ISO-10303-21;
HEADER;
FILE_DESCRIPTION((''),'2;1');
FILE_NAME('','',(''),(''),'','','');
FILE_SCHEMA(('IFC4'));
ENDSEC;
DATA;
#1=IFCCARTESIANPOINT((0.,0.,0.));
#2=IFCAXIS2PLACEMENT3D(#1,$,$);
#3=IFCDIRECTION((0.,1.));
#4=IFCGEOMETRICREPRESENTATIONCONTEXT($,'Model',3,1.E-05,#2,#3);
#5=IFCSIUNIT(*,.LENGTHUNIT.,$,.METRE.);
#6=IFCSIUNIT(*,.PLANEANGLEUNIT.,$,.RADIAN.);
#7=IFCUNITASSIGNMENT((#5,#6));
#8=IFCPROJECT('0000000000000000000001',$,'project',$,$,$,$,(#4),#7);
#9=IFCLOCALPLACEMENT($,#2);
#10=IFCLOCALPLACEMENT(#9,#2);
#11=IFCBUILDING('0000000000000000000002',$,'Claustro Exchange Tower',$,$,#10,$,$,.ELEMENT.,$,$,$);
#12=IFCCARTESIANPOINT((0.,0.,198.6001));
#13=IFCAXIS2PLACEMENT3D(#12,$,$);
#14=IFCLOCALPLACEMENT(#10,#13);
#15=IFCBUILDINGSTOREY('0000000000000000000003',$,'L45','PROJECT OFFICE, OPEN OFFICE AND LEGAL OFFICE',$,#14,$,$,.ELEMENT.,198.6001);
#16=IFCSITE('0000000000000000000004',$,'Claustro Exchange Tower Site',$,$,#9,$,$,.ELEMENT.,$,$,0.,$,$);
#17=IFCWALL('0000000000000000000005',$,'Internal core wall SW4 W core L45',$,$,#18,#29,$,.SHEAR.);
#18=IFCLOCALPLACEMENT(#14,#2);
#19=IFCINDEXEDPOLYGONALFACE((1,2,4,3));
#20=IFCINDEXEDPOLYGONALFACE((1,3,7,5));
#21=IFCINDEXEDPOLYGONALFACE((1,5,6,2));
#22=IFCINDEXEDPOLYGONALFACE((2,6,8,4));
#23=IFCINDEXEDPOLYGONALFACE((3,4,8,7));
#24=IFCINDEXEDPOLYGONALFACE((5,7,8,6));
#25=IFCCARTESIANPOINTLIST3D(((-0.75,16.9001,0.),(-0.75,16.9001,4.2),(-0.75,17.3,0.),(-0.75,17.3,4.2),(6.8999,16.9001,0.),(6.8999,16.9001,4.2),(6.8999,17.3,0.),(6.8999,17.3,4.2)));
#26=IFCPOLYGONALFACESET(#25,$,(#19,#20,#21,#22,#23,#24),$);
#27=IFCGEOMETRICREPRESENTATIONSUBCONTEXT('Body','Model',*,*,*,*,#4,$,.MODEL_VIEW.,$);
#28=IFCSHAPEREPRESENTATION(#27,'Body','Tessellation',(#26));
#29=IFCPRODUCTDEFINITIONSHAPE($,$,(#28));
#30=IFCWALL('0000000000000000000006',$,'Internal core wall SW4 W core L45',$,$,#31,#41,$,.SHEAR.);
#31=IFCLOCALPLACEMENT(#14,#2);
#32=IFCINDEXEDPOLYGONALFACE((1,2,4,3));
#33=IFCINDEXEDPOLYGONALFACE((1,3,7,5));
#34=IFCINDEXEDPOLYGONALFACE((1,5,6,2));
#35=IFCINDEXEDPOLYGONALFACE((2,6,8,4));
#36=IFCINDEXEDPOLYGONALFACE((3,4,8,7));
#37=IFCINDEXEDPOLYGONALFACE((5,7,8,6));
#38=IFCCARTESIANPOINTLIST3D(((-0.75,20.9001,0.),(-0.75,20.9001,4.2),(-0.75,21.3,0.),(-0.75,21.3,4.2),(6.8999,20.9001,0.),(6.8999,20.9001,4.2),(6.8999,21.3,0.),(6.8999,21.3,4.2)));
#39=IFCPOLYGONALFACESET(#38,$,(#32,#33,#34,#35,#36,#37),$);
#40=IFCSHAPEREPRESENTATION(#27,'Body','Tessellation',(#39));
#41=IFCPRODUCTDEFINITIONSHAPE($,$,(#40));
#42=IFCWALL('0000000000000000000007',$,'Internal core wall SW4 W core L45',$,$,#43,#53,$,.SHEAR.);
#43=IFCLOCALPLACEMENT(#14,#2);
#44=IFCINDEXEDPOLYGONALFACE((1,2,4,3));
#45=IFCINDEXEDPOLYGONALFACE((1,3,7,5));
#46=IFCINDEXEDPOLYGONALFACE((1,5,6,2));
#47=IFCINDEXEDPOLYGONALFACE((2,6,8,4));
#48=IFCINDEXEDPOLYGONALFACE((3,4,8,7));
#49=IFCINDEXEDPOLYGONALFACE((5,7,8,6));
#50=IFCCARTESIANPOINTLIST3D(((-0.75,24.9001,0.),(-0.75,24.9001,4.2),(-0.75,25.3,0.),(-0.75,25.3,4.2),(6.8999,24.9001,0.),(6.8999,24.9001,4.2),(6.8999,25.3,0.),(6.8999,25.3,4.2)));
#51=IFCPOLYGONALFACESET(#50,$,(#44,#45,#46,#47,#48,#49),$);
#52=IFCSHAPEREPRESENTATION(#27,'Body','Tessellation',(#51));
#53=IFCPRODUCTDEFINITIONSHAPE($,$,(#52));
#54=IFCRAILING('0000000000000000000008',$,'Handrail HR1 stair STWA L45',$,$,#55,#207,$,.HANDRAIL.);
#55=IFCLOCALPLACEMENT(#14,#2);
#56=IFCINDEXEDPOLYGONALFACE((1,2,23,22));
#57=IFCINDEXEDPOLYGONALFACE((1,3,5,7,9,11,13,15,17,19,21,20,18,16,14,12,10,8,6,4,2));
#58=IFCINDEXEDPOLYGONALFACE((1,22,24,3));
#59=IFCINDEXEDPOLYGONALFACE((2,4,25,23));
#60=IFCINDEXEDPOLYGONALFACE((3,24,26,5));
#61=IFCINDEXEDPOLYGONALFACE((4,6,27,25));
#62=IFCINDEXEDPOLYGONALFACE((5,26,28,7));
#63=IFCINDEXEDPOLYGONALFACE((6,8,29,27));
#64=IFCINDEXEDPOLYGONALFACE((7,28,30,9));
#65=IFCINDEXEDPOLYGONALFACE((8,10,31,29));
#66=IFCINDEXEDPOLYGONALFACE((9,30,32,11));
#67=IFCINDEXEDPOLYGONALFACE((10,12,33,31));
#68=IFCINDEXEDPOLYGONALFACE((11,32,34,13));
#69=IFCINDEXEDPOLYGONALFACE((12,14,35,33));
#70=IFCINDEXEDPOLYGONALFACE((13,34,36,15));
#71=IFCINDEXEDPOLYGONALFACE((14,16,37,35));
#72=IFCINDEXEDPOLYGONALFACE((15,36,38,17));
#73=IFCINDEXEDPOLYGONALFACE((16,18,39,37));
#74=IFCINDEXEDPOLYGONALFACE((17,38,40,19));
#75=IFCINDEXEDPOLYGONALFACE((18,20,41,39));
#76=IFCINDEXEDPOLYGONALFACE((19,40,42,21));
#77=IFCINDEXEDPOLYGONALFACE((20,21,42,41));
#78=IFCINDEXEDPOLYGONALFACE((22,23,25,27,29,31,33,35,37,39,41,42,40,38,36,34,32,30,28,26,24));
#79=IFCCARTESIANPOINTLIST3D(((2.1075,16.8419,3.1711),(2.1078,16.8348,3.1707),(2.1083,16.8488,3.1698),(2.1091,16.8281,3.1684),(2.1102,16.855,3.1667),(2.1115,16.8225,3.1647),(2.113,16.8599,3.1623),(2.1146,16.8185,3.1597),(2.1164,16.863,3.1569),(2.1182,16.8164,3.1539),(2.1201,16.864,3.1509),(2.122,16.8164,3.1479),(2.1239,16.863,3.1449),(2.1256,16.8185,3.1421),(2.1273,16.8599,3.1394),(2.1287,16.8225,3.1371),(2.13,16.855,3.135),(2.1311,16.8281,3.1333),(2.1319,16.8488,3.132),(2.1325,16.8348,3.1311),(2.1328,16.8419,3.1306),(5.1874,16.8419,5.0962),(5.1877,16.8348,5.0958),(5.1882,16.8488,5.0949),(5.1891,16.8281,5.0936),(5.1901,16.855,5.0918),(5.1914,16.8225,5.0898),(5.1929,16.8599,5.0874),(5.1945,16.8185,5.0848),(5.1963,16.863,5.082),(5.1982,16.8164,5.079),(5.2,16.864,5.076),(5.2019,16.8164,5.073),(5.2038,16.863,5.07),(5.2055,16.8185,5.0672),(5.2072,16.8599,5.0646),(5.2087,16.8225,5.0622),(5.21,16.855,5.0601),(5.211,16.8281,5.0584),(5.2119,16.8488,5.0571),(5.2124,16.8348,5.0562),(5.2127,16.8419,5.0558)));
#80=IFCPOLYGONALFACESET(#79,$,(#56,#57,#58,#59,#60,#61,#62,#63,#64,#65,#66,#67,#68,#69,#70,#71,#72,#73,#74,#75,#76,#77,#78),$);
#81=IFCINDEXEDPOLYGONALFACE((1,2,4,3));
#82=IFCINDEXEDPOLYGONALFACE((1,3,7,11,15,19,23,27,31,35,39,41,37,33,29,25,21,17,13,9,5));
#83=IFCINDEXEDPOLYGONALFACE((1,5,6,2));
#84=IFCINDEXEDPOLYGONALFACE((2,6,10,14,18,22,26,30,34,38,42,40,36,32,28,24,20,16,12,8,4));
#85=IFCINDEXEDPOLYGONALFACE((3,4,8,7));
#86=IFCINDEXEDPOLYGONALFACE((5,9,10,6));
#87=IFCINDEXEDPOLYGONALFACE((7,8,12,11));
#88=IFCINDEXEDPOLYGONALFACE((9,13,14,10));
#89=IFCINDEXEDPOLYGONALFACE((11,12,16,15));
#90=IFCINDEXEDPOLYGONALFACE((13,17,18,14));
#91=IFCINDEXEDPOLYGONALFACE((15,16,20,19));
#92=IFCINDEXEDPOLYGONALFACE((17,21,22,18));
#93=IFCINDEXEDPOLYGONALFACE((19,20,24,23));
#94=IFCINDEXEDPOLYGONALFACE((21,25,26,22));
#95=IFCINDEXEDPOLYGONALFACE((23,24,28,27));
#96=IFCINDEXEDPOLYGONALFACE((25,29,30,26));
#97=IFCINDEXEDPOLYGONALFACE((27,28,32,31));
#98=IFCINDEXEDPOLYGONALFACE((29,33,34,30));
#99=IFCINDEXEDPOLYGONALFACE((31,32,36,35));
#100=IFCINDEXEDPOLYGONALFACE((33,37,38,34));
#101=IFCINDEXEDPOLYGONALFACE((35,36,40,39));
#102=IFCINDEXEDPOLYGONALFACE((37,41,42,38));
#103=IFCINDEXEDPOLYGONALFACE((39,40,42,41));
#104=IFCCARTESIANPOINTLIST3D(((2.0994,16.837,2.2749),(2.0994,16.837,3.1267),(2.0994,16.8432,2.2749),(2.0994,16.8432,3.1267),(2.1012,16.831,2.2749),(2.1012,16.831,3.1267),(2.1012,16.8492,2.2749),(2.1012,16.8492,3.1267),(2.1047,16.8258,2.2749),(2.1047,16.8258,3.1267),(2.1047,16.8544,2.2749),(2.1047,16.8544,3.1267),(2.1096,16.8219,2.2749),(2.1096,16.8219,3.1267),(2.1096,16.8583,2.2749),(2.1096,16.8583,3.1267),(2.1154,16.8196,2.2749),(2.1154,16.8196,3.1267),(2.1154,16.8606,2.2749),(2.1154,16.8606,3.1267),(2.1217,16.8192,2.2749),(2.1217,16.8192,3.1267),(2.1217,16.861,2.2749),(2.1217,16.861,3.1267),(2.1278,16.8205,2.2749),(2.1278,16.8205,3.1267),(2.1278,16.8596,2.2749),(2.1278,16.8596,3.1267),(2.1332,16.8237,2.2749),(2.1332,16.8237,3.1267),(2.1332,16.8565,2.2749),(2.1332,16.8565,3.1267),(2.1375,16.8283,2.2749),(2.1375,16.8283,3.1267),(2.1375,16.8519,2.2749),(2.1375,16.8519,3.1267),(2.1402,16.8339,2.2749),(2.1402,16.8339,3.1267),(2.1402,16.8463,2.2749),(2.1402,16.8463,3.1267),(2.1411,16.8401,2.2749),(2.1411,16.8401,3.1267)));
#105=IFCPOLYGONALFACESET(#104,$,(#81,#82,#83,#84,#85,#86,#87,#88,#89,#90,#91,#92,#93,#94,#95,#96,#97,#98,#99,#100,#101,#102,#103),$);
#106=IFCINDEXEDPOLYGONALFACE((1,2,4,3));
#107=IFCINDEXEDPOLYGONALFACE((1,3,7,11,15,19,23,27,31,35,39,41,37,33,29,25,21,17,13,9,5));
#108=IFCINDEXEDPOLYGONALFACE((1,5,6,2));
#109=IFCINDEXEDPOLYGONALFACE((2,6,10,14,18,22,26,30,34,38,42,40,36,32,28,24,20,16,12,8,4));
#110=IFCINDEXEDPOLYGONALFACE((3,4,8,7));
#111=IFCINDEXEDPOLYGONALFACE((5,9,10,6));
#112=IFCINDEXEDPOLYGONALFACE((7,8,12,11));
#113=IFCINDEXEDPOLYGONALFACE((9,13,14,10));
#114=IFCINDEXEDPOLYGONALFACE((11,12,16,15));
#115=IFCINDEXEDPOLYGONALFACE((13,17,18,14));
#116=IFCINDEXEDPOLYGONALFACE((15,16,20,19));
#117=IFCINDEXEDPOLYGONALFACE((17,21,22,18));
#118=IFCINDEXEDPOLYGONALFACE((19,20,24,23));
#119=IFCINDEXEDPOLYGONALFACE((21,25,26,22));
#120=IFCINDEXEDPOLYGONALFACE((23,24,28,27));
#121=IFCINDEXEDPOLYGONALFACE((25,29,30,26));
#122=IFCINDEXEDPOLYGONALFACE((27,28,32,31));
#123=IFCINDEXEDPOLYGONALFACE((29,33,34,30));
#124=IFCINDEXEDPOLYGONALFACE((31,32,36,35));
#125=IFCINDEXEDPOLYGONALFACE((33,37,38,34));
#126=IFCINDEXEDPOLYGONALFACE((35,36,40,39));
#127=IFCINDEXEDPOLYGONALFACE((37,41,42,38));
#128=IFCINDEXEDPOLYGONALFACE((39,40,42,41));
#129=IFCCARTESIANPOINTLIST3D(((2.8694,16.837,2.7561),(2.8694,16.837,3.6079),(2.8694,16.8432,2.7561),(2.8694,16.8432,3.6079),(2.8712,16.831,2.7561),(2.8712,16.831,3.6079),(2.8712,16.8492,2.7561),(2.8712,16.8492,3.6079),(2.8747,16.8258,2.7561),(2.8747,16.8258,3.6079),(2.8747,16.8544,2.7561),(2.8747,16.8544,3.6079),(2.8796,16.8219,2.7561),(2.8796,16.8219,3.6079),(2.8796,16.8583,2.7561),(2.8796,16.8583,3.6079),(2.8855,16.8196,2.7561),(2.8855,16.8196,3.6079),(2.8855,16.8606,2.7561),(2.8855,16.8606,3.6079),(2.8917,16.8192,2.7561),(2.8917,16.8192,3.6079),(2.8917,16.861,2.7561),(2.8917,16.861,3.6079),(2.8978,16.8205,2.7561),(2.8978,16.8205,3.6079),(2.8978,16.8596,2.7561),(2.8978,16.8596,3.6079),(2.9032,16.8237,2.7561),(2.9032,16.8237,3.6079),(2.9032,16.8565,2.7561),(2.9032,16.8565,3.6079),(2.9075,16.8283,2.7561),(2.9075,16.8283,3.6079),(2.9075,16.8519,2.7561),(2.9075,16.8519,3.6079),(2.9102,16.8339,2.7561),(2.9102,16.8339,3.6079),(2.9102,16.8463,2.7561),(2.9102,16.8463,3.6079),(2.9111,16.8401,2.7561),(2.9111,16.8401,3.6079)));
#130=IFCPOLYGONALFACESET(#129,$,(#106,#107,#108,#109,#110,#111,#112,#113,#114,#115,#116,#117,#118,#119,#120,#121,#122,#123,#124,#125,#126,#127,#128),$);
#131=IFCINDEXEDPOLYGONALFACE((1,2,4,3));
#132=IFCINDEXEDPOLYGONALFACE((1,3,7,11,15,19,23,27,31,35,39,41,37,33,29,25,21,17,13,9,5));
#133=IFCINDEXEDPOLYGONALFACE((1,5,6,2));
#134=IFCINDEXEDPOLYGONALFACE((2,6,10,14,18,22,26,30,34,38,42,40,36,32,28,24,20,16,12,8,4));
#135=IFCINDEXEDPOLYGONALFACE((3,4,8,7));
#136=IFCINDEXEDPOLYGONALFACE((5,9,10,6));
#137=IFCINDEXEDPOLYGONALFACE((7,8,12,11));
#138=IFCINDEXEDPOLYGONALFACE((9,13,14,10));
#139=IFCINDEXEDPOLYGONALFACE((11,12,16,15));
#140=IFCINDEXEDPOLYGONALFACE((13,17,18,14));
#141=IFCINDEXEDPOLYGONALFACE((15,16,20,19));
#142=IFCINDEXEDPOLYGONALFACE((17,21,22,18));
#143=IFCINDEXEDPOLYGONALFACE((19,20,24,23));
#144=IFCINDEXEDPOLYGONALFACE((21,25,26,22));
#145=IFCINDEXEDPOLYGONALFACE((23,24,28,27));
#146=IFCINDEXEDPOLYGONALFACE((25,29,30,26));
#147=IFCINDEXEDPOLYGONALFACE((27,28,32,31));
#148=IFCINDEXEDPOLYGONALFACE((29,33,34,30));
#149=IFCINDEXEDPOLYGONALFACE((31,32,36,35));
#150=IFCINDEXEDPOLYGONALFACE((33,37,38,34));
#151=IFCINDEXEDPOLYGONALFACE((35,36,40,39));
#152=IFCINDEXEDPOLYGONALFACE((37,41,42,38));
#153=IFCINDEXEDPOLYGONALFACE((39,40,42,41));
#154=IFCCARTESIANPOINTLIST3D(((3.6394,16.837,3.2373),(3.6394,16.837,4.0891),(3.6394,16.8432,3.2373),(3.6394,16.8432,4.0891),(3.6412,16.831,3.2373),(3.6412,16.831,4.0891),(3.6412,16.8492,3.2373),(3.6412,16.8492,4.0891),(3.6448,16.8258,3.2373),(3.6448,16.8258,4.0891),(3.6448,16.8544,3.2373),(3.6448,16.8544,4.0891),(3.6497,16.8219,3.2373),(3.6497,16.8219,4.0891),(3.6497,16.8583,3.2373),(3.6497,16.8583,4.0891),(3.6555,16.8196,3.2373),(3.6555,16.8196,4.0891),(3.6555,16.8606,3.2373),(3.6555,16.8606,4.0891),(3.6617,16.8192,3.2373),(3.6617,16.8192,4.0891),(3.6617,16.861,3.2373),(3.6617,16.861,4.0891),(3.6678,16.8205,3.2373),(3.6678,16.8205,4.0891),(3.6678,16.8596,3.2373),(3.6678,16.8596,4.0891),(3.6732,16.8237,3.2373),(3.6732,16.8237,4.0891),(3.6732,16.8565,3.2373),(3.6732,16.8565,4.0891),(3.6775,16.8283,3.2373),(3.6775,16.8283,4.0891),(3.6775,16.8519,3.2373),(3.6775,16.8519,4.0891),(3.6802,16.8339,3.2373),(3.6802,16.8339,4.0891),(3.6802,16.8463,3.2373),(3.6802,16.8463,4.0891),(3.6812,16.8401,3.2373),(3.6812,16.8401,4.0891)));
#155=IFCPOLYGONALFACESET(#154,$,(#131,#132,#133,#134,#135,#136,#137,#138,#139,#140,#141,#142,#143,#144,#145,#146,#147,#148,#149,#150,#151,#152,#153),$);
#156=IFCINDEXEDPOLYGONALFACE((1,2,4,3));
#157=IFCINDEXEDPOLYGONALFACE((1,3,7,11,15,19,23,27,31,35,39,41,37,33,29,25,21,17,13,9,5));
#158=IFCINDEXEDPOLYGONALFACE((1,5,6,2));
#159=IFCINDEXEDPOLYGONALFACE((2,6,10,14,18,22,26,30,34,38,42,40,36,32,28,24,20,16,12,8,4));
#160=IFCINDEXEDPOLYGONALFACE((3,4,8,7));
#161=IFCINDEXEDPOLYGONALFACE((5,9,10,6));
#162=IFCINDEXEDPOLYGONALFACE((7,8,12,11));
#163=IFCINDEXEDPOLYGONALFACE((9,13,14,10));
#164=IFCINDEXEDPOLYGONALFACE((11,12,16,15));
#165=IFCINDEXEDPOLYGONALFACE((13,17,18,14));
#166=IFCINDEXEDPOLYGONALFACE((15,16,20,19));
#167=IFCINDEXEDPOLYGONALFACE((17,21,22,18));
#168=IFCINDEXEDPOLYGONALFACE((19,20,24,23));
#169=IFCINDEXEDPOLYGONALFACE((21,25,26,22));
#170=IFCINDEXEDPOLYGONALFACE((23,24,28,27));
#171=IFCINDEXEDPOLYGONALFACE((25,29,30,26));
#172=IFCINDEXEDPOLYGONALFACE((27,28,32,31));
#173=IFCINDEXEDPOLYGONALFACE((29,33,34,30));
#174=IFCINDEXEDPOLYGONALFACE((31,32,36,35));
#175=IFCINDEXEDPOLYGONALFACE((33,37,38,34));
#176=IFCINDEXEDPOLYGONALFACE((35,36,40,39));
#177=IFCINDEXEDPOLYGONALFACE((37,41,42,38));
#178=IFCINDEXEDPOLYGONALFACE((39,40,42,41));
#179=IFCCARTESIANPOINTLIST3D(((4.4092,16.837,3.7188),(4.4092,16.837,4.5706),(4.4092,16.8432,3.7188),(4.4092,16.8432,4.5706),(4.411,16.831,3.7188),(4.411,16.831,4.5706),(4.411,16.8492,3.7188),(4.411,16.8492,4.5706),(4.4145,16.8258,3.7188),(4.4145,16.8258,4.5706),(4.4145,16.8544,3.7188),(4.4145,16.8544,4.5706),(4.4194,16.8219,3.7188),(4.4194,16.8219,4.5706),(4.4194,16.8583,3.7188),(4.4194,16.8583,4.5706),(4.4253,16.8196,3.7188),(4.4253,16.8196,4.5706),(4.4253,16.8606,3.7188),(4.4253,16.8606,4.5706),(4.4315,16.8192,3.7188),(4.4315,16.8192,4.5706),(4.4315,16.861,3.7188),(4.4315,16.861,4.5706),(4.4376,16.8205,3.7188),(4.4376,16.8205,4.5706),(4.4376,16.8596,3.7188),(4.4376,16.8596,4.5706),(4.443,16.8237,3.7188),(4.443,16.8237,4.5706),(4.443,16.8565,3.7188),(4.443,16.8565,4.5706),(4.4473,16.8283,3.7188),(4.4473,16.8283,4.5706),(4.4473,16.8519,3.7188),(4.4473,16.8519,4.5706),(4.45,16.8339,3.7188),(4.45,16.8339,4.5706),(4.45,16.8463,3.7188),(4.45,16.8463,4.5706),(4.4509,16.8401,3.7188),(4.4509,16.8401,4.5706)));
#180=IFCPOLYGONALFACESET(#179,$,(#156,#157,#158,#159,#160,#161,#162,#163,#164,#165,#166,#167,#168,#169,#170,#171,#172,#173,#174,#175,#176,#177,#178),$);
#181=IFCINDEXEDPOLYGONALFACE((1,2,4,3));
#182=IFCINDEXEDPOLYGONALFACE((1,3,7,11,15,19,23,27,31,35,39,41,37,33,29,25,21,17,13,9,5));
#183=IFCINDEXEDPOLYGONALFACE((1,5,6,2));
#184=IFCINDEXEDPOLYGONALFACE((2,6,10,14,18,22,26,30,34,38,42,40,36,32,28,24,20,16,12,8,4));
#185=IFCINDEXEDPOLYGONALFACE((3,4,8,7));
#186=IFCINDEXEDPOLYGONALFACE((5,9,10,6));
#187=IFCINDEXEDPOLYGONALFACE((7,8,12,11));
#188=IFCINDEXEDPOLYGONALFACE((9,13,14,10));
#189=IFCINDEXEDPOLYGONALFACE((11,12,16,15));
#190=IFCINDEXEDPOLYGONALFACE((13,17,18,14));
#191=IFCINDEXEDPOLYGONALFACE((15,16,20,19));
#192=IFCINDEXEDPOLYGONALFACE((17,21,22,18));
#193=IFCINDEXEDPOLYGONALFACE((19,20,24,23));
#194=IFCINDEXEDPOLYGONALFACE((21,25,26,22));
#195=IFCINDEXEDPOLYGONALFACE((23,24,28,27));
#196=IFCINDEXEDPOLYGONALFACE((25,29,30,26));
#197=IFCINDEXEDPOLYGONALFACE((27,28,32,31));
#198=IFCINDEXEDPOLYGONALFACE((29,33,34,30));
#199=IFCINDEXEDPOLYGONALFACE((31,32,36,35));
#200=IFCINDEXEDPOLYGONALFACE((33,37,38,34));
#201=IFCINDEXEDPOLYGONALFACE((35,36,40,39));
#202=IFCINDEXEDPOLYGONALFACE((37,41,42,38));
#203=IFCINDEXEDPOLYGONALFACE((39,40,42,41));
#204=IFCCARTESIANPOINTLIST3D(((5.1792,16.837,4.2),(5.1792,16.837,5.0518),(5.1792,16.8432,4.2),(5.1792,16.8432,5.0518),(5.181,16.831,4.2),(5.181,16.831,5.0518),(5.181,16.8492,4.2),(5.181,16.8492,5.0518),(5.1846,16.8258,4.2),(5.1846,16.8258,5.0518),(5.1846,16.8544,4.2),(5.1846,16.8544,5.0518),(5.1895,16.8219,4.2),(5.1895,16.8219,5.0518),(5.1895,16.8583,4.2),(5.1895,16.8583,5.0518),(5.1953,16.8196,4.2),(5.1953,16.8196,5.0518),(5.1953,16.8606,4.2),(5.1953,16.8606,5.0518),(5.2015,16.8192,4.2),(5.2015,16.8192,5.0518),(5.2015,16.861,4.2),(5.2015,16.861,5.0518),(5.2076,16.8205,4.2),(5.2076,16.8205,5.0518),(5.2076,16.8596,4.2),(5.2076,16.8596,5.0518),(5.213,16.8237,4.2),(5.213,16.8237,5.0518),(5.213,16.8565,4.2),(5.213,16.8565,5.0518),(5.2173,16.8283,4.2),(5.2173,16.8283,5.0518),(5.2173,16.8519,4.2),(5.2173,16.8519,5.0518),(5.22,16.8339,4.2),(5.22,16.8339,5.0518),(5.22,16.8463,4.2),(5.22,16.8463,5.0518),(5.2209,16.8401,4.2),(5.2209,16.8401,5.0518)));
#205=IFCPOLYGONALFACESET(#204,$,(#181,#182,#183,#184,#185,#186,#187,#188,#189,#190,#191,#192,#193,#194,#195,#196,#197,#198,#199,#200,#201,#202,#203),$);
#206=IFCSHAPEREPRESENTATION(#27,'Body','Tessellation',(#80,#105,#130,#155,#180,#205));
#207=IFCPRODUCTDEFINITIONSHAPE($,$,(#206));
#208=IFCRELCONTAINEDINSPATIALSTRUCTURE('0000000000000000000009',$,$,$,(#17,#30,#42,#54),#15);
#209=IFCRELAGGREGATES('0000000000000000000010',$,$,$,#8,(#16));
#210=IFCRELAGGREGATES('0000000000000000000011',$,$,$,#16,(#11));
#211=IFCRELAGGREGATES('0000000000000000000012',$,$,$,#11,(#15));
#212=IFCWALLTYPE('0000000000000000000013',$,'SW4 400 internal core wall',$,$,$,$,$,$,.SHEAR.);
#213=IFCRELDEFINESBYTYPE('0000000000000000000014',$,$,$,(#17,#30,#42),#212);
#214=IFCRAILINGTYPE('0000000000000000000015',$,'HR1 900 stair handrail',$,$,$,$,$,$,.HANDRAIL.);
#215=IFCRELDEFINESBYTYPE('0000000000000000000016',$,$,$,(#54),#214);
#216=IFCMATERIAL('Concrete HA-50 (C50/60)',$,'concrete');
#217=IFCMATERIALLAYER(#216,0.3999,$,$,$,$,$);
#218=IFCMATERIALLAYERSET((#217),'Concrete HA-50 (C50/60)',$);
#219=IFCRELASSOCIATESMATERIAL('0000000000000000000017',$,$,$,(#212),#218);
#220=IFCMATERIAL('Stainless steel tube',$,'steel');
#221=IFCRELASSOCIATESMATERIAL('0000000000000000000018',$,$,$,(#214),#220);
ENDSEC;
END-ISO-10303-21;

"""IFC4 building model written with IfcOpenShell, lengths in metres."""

from ifc_helpers import new_model, si_unit, direction, frame, frame_2d, origin, origin_2d, place, context, subcontext, project, spatial, rectangle, circle, extrude, material, layer, layer_set, type_object, element, save


model = new_model("IFC4")

# Units and contexts
model_context = context("Model", 3, precision=1e-05, world=origin(), true_north=direction((0.0, 1.0)))
body_context = subcontext(model_context, "Body", "Model", "MODEL_VIEW")
ifc_project = project(units=[si_unit("LENGTHUNIT", "METRE"), si_unit("PLANEANGLEUNIT", "RADIAN")], contexts=[model_context])

# Site, building, storey
site_placement = place(None, origin())
site = spatial("IfcSite", under=ifc_project, at=site_placement, Name="Claustro Exchange Tower Site", CompositionType="ELEMENT", RefElevation=0.0)
building_placement = place(site_placement, origin())
building = spatial("IfcBuilding", under=site, at=building_placement, Name="Claustro Exchange Tower", CompositionType="ELEMENT")
storey_placement = place(building_placement, frame((0.0, 0.0, 198.6001)))
storey = spatial("IfcBuildingStorey", under=building, at=storey_placement, Name="L45", Description="PROJECT OFFICE, OPEN OFFICE AND LEGAL OFFICE", CompositionType="ELEMENT", Elevation=198.6001)

# Walls
ifc_material_1 = material(Name="Concrete HA-50 (C50/60)", Category="concrete")
ifc_layer_1 = layer(ifc_material_1, 0.3999)
ifc_layer_set_1 = layer_set([ifc_layer_1], Name="Concrete HA-50 (C50/60)")
wall_type_1 = type_object("IfcWallType", Name="SW4 400 internal core wall", PredefinedType="SHEAR", material=ifc_layer_set_1)
for number, where, z_axis, x_axis, name in (
    (1, (-0.75, 17.1001, 0.0), (0.0, 0.0, 1.0), (1.0, 0.0, 0.0), "Internal core wall SW4 W core L45"),
    (2, (-0.75, 21.1001, 0.0), (0.0, 0.0, 1.0), (1.0, 0.0, 0.0), "Internal core wall SW4 W core L45"),
    (3, (-0.75, 25.1001, 0.0), (0.0, 0.0, 1.0), (1.0, 0.0, 0.0), "Internal core wall SW4 W core L45"),
):
    element("IfcWall", number, at=place(storey_placement, frame(where, z_axis=z_axis, x_axis=x_axis)), inside=storey, type_object=wall_type_1, Name=name, PredefinedType="SHEAR", context=body_context, shape_type="SweptSolid", body=[
        extrude(rectangle(XDim=7.6499, YDim=0.3999, at=frame_2d((3.825, 0.0))), origin(), (0.0, 0.0, 1.0), 4.2),
    ])

# Railing
ifc_material_2 = material(Name="Stainless steel tube", Category="steel")
railing_type = type_object("IfcRailingType", Name="HR1 900 stair handrail", PredefinedType="HANDRAIL", material=ifc_material_2)
railing_placement = place(storey_placement, frame((2.1201, 16.8401, 2.2749)))
element("IfcRailing", 4, at=railing_placement, inside=storey, type_object=railing_type, Name="Handrail HR1 stair STWA L45", PredefinedType="HANDRAIL", context=body_context, shape_type="SweptSolid", body=[
    extrude(circle(Radius=0.0239, at=origin_2d()), frame((0.0, 0.0, 0.876), z_axis=(0.847979, 0.0, 0.530029), x_axis=(0.0, 1.0, 0.0)), (0.0, 0.0, 1.0), 3.6321),
    extrude(circle(Radius=0.021, at=origin_2d()), origin(), (0.0, 0.0, 1.0), 0.8518),
    extrude(circle(Radius=0.021, at=origin_2d()), frame((0.77, 0.0, 0.4812)), (0.0, 0.0, 1.0), 0.8518),
    extrude(circle(Radius=0.021, at=origin_2d()), frame((1.54, 0.0, 0.9624)), (0.0, 0.0, 1.0), 0.8518),
    extrude(circle(Radius=0.021, at=origin_2d()), frame((2.3098, 0.0, 1.4438)), (0.0, 0.0, 1.0), 0.8518),
    extrude(circle(Radius=0.021, at=origin_2d()), frame((3.0798, 0.0, 1.925)), (0.0, 0.0, 1.0), 0.8518),
])

save(model, "model.ifc")
